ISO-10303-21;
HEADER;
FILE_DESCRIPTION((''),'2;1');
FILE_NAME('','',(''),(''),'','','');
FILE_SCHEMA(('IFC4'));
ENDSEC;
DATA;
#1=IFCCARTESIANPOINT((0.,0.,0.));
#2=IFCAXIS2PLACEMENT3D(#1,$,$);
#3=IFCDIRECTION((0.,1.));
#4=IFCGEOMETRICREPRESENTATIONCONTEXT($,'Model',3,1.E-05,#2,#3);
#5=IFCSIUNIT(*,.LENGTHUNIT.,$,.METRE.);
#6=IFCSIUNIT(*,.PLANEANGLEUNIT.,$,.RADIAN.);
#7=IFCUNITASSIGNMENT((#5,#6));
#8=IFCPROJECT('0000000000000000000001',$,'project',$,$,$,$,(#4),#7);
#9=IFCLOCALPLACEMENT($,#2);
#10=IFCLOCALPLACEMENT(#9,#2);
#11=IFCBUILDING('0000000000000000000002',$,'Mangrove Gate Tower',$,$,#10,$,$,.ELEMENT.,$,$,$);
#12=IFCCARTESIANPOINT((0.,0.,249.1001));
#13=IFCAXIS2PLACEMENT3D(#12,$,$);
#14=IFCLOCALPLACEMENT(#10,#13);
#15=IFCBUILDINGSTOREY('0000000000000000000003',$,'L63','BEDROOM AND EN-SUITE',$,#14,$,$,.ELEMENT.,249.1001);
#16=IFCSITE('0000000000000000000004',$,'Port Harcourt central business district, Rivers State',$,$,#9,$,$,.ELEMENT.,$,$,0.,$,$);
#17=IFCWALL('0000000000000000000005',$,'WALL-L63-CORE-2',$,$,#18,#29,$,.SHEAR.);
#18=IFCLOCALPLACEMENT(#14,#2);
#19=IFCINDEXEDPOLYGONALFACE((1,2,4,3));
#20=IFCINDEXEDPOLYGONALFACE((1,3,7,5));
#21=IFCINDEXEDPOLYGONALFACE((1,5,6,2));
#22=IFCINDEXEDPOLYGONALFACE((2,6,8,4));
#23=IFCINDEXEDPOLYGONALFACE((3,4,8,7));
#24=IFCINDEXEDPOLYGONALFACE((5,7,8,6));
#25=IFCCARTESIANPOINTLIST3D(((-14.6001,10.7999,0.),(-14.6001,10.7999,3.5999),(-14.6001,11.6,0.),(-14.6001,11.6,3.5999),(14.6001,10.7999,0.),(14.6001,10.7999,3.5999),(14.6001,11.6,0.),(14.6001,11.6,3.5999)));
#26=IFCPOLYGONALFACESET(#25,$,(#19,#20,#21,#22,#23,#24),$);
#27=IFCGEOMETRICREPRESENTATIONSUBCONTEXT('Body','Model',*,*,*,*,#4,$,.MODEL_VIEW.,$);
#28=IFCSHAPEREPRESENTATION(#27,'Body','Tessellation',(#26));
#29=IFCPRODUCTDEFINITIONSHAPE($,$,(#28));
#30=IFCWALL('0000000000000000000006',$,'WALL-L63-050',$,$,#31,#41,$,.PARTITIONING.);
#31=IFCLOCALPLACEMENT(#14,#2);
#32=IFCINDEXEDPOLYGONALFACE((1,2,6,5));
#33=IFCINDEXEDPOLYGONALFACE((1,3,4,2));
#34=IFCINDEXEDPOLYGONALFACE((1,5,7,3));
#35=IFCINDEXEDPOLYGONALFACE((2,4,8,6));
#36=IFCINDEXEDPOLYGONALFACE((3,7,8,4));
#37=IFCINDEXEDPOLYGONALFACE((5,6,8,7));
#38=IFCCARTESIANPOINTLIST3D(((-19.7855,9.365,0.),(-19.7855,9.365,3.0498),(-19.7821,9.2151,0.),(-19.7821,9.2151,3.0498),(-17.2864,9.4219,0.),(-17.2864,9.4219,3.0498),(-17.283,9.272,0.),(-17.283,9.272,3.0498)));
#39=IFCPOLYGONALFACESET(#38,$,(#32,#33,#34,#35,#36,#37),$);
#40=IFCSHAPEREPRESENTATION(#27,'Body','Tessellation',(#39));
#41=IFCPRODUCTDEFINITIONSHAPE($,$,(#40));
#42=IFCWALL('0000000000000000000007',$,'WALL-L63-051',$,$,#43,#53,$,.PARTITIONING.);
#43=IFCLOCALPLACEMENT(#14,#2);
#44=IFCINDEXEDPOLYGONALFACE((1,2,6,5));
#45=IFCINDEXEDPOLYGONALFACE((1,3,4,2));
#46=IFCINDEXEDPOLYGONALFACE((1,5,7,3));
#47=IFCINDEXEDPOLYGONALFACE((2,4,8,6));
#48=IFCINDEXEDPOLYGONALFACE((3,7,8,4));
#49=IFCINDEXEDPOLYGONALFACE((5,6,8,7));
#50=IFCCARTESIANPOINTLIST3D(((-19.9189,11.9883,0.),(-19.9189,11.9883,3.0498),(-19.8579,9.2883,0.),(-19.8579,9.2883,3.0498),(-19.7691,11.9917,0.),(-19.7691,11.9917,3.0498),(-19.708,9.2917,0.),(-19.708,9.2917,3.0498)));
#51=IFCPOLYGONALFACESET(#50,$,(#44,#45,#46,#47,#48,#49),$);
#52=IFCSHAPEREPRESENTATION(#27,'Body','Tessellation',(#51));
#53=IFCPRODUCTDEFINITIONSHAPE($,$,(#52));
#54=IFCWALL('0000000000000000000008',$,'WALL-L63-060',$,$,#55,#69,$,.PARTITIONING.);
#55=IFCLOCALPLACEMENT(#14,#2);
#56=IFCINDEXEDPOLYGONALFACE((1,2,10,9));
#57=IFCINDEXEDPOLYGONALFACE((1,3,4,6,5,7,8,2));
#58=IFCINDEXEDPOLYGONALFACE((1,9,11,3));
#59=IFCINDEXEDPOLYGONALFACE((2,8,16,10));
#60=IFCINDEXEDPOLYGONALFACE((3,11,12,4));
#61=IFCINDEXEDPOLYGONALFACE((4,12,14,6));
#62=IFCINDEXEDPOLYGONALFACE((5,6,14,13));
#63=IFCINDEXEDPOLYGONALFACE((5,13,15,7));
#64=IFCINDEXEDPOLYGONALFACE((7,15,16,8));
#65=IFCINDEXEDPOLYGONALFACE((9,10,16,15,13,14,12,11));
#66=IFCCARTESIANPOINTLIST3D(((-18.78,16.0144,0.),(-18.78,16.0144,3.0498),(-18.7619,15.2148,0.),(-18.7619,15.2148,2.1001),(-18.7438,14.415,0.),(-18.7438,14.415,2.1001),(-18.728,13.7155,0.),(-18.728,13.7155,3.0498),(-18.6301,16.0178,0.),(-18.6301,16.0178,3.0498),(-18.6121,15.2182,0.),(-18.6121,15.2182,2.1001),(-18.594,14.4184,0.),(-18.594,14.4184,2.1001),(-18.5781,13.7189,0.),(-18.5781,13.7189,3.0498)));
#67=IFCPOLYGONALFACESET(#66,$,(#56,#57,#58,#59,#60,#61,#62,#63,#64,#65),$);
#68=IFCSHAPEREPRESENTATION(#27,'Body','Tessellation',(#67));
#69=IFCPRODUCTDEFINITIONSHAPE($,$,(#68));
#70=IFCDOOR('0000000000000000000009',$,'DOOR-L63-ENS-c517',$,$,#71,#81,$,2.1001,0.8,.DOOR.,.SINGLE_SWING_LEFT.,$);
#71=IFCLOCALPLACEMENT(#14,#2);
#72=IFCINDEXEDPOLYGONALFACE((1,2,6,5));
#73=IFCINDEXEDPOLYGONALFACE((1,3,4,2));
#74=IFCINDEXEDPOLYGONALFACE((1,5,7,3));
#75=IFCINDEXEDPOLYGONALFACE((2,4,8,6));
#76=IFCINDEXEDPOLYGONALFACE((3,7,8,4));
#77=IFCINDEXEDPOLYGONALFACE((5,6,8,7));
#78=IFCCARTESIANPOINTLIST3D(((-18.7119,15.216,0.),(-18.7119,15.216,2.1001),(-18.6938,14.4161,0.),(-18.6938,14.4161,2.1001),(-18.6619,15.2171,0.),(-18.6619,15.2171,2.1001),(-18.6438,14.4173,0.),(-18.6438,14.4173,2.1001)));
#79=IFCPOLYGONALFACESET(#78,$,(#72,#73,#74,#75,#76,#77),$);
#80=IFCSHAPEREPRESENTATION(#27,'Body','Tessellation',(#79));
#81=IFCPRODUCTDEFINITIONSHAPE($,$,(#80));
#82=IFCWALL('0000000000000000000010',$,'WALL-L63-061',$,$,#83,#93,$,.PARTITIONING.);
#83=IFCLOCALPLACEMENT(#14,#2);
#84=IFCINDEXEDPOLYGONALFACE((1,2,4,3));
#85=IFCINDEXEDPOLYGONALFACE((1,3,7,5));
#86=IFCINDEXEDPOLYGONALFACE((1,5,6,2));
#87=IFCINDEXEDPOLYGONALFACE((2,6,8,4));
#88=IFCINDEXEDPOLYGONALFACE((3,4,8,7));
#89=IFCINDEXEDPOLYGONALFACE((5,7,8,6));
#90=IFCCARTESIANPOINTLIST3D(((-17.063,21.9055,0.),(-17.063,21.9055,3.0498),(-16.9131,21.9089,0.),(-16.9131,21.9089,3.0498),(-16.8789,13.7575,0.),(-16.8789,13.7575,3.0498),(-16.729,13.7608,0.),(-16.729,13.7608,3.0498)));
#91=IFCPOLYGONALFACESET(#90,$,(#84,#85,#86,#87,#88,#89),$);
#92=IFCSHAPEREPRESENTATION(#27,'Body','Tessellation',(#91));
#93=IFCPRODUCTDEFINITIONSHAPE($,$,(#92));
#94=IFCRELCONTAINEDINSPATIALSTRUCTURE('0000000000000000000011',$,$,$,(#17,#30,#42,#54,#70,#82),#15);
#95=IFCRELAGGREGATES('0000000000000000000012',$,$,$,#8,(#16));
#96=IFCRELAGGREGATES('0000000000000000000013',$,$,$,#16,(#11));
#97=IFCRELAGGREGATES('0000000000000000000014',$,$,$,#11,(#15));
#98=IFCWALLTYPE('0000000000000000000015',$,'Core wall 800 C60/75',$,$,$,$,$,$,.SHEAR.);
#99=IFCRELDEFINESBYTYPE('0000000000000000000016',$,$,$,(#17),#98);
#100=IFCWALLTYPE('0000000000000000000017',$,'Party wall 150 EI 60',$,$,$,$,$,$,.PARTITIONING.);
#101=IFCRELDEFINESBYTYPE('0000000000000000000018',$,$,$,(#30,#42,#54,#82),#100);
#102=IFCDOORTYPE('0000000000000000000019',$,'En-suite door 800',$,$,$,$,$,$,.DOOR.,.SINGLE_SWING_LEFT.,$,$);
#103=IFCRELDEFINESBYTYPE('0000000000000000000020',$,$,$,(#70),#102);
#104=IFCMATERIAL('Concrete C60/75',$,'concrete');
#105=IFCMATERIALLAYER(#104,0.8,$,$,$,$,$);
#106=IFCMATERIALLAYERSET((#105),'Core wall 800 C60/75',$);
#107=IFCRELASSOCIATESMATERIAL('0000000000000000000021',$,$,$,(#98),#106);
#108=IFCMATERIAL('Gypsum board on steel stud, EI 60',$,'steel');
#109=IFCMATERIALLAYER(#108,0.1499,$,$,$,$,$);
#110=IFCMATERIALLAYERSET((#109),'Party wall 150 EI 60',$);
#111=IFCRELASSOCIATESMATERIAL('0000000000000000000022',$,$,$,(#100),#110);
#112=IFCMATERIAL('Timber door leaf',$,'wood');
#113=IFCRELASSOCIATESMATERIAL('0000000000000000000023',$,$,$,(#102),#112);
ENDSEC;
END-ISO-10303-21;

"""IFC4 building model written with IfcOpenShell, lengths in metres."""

from ifc_helpers import new_model, si_unit, direction, frame, frame_2d, origin, place, context, subcontext, project, spatial, rectangle, extrude, material, layer, layer_set, type_object, element, fill, save


model = new_model("IFC4")

# Units and contexts
model_context = context("Model", 3, precision=1e-05, world=origin(), true_north=direction((0.0, 1.0)))
body_context = subcontext(model_context, "Body", "Model", "MODEL_VIEW")
ifc_project = project(units=[si_unit("LENGTHUNIT", "METRE"), si_unit("PLANEANGLEUNIT", "RADIAN")], contexts=[model_context])

# Site, building, storey
site_placement = place(None, origin())
site = spatial("IfcSite", under=ifc_project, at=site_placement, Name="Port Harcourt central business district, Rivers State", CompositionType="ELEMENT", RefElevation=0.0)
building_placement = place(site_placement, origin())
building = spatial("IfcBuilding", under=site, at=building_placement, Name="Mangrove Gate Tower", CompositionType="ELEMENT")
storey_placement = place(building_placement, frame((0.0, 0.0, 249.1001)))
storey = spatial("IfcBuildingStorey", under=building, at=storey_placement, Name="L63", Description="BEDROOM AND EN-SUITE", CompositionType="ELEMENT", Elevation=249.1001)

# Walls
ifc_material_1 = material(Name="Concrete C60/75", Category="concrete")
ifc_layer_1 = layer(ifc_material_1, 0.8)
ifc_layer_set_1 = layer_set([ifc_layer_1], Name="Core wall 800 C60/75")
wall_type_1 = type_object("IfcWallType", Name="Core wall 800 C60/75", PredefinedType="SHEAR", material=ifc_layer_set_1)
wall_1_placement = place(storey_placement, frame((-14.6001, 11.2, 0.0), z_axis=(0.0, 0.0, 1.0), x_axis=(1.0, 0.0, 0.0)))
element("IfcWall", 1, at=wall_1_placement, inside=storey, type_object=wall_type_1, Name="WALL-L63-CORE-2", PredefinedType="SHEAR", context=body_context, shape_type="SweptSolid", body=[
    extrude(rectangle(XDim=29.2002, YDim=0.8, at=frame_2d((14.6001, 0.0))), origin(), (0.0, 0.0, 1.0), 3.5999),
])
ifc_material_2 = material(Name="Gypsum board on steel stud, EI 60", Category="steel")
ifc_layer_2 = layer(ifc_material_2, 0.1499)
ifc_layer_set_2 = layer_set([ifc_layer_2], Name="Party wall 150 EI 60")
wall_type_2 = type_object("IfcWallType", Name="Party wall 150 EI 60", PredefinedType="PARTITIONING", material=ifc_layer_set_2)
wall_2_placement = place(storey_placement, frame((-19.7839, 9.29, 0.0), z_axis=(0.0, 0.0, 1.0), x_axis=(0.999741, 0.022757, 0.0)))
element("IfcWall", 2, at=wall_2_placement, inside=storey, type_object=wall_type_2, Name="WALL-L63-050", PredefinedType="PARTITIONING", context=body_context, shape_type="SweptSolid", body=[
    extrude(rectangle(XDim=2.4998, YDim=0.1499, at=frame_2d((1.25, 0.0))), origin(), (0.0, 0.0, 1.0), 3.0498),
])
wall_3_placement = place(storey_placement, frame((-19.783, 9.29, 0.0), z_axis=(0.0, 0.0, 1.0), x_axis=(-0.0226, 0.999745, 0.0)))
element("IfcWall", 3, at=wall_3_placement, inside=storey, type_object=wall_type_2, Name="WALL-L63-051", PredefinedType="PARTITIONING", context=body_context, shape_type="SweptSolid", body=[
    extrude(rectangle(XDim=2.7007, YDim=0.1499, at=frame_2d((1.3503, 0.0))), origin(), (0.0, 0.0, 1.0), 3.0498),
])

# Wall, opening, door
wall_4_placement = place(storey_placement, frame((-18.6531, 13.717, 0.0), z_axis=(0.0, 0.0, 1.0), x_axis=(-0.022613, 0.999744, 0.0)))
wall_4 = element("IfcWall", 4, at=wall_4_placement, inside=storey, type_object=wall_type_2, Name="WALL-L63-060", PredefinedType="PARTITIONING", context=body_context, shape_type="SweptSolid", body=[
    extrude(rectangle(XDim=2.2996, YDim=0.1499, at=frame_2d((1.1499, 0.0))), origin(), (0.0, 0.0, 1.0), 3.0498),
])
opening_1_placement = place(wall_4_placement, frame((0.7, 0.0, 0.0)))
opening_1 = element("IfcOpeningElement", 5, at=opening_1_placement, cuts=wall_4, PredefinedType="OPENING", context=body_context, shape_type="SweptSolid", body=[
    extrude(rectangle(XDim=0.8, YDim=2.1001, at=frame_2d((0.3999, 1.05))), frame((0.0, 0.085, 0.0), z_axis=(0.0, -1.0, 0.0), x_axis=(1.0, 0.0, 0.0)), (0.0, 0.0, 1.0), 0.1699),
])
ifc_material_3 = material(Name="Timber door leaf", Category="wood")
door_type_1 = type_object("IfcDoorType", Name="En-suite door 800", OperationType="SINGLE_SWING_LEFT", PredefinedType="DOOR", material=ifc_material_3)
door_1_placement = place(opening_1_placement, origin())
door_1 = element("IfcDoor", 6, at=door_1_placement, inside=storey, type_object=door_type_1, Name="DOOR-L63-ENS-c517", OperationType="SINGLE_SWING_LEFT", OverallHeight=2.1001, OverallWidth=0.8, PredefinedType="DOOR", context=body_context, shape_type="SweptSolid", body=[
    extrude(rectangle(XDim=0.8, YDim=2.1001, at=frame_2d((0.3999, 1.05))), frame((0.0, 0.0249, 0.0), z_axis=(0.0, -1.0, 0.0), x_axis=(1.0, 0.0, 0.0)), (0.0, 0.0, 1.0), 0.05),
])
fill(opening_1, door_1)

# Wall
wall_5_placement = place(storey_placement, frame((-16.804, 13.759, 0.0), z_axis=(0.0, 0.0, 1.0), x_axis=(-0.022587, 0.999745, 0.0)))
element("IfcWall", 7, at=wall_5_placement, inside=storey, type_object=wall_type_2, Name="WALL-L63-061", PredefinedType="PARTITIONING", context=body_context, shape_type="SweptSolid", body=[
    extrude(rectangle(XDim=8.1501, YDim=0.1499, at=frame_2d((4.0752, 0.0))), origin(), (0.0, 0.0, 1.0), 3.0498),
])

save(model, "model.ifc")
